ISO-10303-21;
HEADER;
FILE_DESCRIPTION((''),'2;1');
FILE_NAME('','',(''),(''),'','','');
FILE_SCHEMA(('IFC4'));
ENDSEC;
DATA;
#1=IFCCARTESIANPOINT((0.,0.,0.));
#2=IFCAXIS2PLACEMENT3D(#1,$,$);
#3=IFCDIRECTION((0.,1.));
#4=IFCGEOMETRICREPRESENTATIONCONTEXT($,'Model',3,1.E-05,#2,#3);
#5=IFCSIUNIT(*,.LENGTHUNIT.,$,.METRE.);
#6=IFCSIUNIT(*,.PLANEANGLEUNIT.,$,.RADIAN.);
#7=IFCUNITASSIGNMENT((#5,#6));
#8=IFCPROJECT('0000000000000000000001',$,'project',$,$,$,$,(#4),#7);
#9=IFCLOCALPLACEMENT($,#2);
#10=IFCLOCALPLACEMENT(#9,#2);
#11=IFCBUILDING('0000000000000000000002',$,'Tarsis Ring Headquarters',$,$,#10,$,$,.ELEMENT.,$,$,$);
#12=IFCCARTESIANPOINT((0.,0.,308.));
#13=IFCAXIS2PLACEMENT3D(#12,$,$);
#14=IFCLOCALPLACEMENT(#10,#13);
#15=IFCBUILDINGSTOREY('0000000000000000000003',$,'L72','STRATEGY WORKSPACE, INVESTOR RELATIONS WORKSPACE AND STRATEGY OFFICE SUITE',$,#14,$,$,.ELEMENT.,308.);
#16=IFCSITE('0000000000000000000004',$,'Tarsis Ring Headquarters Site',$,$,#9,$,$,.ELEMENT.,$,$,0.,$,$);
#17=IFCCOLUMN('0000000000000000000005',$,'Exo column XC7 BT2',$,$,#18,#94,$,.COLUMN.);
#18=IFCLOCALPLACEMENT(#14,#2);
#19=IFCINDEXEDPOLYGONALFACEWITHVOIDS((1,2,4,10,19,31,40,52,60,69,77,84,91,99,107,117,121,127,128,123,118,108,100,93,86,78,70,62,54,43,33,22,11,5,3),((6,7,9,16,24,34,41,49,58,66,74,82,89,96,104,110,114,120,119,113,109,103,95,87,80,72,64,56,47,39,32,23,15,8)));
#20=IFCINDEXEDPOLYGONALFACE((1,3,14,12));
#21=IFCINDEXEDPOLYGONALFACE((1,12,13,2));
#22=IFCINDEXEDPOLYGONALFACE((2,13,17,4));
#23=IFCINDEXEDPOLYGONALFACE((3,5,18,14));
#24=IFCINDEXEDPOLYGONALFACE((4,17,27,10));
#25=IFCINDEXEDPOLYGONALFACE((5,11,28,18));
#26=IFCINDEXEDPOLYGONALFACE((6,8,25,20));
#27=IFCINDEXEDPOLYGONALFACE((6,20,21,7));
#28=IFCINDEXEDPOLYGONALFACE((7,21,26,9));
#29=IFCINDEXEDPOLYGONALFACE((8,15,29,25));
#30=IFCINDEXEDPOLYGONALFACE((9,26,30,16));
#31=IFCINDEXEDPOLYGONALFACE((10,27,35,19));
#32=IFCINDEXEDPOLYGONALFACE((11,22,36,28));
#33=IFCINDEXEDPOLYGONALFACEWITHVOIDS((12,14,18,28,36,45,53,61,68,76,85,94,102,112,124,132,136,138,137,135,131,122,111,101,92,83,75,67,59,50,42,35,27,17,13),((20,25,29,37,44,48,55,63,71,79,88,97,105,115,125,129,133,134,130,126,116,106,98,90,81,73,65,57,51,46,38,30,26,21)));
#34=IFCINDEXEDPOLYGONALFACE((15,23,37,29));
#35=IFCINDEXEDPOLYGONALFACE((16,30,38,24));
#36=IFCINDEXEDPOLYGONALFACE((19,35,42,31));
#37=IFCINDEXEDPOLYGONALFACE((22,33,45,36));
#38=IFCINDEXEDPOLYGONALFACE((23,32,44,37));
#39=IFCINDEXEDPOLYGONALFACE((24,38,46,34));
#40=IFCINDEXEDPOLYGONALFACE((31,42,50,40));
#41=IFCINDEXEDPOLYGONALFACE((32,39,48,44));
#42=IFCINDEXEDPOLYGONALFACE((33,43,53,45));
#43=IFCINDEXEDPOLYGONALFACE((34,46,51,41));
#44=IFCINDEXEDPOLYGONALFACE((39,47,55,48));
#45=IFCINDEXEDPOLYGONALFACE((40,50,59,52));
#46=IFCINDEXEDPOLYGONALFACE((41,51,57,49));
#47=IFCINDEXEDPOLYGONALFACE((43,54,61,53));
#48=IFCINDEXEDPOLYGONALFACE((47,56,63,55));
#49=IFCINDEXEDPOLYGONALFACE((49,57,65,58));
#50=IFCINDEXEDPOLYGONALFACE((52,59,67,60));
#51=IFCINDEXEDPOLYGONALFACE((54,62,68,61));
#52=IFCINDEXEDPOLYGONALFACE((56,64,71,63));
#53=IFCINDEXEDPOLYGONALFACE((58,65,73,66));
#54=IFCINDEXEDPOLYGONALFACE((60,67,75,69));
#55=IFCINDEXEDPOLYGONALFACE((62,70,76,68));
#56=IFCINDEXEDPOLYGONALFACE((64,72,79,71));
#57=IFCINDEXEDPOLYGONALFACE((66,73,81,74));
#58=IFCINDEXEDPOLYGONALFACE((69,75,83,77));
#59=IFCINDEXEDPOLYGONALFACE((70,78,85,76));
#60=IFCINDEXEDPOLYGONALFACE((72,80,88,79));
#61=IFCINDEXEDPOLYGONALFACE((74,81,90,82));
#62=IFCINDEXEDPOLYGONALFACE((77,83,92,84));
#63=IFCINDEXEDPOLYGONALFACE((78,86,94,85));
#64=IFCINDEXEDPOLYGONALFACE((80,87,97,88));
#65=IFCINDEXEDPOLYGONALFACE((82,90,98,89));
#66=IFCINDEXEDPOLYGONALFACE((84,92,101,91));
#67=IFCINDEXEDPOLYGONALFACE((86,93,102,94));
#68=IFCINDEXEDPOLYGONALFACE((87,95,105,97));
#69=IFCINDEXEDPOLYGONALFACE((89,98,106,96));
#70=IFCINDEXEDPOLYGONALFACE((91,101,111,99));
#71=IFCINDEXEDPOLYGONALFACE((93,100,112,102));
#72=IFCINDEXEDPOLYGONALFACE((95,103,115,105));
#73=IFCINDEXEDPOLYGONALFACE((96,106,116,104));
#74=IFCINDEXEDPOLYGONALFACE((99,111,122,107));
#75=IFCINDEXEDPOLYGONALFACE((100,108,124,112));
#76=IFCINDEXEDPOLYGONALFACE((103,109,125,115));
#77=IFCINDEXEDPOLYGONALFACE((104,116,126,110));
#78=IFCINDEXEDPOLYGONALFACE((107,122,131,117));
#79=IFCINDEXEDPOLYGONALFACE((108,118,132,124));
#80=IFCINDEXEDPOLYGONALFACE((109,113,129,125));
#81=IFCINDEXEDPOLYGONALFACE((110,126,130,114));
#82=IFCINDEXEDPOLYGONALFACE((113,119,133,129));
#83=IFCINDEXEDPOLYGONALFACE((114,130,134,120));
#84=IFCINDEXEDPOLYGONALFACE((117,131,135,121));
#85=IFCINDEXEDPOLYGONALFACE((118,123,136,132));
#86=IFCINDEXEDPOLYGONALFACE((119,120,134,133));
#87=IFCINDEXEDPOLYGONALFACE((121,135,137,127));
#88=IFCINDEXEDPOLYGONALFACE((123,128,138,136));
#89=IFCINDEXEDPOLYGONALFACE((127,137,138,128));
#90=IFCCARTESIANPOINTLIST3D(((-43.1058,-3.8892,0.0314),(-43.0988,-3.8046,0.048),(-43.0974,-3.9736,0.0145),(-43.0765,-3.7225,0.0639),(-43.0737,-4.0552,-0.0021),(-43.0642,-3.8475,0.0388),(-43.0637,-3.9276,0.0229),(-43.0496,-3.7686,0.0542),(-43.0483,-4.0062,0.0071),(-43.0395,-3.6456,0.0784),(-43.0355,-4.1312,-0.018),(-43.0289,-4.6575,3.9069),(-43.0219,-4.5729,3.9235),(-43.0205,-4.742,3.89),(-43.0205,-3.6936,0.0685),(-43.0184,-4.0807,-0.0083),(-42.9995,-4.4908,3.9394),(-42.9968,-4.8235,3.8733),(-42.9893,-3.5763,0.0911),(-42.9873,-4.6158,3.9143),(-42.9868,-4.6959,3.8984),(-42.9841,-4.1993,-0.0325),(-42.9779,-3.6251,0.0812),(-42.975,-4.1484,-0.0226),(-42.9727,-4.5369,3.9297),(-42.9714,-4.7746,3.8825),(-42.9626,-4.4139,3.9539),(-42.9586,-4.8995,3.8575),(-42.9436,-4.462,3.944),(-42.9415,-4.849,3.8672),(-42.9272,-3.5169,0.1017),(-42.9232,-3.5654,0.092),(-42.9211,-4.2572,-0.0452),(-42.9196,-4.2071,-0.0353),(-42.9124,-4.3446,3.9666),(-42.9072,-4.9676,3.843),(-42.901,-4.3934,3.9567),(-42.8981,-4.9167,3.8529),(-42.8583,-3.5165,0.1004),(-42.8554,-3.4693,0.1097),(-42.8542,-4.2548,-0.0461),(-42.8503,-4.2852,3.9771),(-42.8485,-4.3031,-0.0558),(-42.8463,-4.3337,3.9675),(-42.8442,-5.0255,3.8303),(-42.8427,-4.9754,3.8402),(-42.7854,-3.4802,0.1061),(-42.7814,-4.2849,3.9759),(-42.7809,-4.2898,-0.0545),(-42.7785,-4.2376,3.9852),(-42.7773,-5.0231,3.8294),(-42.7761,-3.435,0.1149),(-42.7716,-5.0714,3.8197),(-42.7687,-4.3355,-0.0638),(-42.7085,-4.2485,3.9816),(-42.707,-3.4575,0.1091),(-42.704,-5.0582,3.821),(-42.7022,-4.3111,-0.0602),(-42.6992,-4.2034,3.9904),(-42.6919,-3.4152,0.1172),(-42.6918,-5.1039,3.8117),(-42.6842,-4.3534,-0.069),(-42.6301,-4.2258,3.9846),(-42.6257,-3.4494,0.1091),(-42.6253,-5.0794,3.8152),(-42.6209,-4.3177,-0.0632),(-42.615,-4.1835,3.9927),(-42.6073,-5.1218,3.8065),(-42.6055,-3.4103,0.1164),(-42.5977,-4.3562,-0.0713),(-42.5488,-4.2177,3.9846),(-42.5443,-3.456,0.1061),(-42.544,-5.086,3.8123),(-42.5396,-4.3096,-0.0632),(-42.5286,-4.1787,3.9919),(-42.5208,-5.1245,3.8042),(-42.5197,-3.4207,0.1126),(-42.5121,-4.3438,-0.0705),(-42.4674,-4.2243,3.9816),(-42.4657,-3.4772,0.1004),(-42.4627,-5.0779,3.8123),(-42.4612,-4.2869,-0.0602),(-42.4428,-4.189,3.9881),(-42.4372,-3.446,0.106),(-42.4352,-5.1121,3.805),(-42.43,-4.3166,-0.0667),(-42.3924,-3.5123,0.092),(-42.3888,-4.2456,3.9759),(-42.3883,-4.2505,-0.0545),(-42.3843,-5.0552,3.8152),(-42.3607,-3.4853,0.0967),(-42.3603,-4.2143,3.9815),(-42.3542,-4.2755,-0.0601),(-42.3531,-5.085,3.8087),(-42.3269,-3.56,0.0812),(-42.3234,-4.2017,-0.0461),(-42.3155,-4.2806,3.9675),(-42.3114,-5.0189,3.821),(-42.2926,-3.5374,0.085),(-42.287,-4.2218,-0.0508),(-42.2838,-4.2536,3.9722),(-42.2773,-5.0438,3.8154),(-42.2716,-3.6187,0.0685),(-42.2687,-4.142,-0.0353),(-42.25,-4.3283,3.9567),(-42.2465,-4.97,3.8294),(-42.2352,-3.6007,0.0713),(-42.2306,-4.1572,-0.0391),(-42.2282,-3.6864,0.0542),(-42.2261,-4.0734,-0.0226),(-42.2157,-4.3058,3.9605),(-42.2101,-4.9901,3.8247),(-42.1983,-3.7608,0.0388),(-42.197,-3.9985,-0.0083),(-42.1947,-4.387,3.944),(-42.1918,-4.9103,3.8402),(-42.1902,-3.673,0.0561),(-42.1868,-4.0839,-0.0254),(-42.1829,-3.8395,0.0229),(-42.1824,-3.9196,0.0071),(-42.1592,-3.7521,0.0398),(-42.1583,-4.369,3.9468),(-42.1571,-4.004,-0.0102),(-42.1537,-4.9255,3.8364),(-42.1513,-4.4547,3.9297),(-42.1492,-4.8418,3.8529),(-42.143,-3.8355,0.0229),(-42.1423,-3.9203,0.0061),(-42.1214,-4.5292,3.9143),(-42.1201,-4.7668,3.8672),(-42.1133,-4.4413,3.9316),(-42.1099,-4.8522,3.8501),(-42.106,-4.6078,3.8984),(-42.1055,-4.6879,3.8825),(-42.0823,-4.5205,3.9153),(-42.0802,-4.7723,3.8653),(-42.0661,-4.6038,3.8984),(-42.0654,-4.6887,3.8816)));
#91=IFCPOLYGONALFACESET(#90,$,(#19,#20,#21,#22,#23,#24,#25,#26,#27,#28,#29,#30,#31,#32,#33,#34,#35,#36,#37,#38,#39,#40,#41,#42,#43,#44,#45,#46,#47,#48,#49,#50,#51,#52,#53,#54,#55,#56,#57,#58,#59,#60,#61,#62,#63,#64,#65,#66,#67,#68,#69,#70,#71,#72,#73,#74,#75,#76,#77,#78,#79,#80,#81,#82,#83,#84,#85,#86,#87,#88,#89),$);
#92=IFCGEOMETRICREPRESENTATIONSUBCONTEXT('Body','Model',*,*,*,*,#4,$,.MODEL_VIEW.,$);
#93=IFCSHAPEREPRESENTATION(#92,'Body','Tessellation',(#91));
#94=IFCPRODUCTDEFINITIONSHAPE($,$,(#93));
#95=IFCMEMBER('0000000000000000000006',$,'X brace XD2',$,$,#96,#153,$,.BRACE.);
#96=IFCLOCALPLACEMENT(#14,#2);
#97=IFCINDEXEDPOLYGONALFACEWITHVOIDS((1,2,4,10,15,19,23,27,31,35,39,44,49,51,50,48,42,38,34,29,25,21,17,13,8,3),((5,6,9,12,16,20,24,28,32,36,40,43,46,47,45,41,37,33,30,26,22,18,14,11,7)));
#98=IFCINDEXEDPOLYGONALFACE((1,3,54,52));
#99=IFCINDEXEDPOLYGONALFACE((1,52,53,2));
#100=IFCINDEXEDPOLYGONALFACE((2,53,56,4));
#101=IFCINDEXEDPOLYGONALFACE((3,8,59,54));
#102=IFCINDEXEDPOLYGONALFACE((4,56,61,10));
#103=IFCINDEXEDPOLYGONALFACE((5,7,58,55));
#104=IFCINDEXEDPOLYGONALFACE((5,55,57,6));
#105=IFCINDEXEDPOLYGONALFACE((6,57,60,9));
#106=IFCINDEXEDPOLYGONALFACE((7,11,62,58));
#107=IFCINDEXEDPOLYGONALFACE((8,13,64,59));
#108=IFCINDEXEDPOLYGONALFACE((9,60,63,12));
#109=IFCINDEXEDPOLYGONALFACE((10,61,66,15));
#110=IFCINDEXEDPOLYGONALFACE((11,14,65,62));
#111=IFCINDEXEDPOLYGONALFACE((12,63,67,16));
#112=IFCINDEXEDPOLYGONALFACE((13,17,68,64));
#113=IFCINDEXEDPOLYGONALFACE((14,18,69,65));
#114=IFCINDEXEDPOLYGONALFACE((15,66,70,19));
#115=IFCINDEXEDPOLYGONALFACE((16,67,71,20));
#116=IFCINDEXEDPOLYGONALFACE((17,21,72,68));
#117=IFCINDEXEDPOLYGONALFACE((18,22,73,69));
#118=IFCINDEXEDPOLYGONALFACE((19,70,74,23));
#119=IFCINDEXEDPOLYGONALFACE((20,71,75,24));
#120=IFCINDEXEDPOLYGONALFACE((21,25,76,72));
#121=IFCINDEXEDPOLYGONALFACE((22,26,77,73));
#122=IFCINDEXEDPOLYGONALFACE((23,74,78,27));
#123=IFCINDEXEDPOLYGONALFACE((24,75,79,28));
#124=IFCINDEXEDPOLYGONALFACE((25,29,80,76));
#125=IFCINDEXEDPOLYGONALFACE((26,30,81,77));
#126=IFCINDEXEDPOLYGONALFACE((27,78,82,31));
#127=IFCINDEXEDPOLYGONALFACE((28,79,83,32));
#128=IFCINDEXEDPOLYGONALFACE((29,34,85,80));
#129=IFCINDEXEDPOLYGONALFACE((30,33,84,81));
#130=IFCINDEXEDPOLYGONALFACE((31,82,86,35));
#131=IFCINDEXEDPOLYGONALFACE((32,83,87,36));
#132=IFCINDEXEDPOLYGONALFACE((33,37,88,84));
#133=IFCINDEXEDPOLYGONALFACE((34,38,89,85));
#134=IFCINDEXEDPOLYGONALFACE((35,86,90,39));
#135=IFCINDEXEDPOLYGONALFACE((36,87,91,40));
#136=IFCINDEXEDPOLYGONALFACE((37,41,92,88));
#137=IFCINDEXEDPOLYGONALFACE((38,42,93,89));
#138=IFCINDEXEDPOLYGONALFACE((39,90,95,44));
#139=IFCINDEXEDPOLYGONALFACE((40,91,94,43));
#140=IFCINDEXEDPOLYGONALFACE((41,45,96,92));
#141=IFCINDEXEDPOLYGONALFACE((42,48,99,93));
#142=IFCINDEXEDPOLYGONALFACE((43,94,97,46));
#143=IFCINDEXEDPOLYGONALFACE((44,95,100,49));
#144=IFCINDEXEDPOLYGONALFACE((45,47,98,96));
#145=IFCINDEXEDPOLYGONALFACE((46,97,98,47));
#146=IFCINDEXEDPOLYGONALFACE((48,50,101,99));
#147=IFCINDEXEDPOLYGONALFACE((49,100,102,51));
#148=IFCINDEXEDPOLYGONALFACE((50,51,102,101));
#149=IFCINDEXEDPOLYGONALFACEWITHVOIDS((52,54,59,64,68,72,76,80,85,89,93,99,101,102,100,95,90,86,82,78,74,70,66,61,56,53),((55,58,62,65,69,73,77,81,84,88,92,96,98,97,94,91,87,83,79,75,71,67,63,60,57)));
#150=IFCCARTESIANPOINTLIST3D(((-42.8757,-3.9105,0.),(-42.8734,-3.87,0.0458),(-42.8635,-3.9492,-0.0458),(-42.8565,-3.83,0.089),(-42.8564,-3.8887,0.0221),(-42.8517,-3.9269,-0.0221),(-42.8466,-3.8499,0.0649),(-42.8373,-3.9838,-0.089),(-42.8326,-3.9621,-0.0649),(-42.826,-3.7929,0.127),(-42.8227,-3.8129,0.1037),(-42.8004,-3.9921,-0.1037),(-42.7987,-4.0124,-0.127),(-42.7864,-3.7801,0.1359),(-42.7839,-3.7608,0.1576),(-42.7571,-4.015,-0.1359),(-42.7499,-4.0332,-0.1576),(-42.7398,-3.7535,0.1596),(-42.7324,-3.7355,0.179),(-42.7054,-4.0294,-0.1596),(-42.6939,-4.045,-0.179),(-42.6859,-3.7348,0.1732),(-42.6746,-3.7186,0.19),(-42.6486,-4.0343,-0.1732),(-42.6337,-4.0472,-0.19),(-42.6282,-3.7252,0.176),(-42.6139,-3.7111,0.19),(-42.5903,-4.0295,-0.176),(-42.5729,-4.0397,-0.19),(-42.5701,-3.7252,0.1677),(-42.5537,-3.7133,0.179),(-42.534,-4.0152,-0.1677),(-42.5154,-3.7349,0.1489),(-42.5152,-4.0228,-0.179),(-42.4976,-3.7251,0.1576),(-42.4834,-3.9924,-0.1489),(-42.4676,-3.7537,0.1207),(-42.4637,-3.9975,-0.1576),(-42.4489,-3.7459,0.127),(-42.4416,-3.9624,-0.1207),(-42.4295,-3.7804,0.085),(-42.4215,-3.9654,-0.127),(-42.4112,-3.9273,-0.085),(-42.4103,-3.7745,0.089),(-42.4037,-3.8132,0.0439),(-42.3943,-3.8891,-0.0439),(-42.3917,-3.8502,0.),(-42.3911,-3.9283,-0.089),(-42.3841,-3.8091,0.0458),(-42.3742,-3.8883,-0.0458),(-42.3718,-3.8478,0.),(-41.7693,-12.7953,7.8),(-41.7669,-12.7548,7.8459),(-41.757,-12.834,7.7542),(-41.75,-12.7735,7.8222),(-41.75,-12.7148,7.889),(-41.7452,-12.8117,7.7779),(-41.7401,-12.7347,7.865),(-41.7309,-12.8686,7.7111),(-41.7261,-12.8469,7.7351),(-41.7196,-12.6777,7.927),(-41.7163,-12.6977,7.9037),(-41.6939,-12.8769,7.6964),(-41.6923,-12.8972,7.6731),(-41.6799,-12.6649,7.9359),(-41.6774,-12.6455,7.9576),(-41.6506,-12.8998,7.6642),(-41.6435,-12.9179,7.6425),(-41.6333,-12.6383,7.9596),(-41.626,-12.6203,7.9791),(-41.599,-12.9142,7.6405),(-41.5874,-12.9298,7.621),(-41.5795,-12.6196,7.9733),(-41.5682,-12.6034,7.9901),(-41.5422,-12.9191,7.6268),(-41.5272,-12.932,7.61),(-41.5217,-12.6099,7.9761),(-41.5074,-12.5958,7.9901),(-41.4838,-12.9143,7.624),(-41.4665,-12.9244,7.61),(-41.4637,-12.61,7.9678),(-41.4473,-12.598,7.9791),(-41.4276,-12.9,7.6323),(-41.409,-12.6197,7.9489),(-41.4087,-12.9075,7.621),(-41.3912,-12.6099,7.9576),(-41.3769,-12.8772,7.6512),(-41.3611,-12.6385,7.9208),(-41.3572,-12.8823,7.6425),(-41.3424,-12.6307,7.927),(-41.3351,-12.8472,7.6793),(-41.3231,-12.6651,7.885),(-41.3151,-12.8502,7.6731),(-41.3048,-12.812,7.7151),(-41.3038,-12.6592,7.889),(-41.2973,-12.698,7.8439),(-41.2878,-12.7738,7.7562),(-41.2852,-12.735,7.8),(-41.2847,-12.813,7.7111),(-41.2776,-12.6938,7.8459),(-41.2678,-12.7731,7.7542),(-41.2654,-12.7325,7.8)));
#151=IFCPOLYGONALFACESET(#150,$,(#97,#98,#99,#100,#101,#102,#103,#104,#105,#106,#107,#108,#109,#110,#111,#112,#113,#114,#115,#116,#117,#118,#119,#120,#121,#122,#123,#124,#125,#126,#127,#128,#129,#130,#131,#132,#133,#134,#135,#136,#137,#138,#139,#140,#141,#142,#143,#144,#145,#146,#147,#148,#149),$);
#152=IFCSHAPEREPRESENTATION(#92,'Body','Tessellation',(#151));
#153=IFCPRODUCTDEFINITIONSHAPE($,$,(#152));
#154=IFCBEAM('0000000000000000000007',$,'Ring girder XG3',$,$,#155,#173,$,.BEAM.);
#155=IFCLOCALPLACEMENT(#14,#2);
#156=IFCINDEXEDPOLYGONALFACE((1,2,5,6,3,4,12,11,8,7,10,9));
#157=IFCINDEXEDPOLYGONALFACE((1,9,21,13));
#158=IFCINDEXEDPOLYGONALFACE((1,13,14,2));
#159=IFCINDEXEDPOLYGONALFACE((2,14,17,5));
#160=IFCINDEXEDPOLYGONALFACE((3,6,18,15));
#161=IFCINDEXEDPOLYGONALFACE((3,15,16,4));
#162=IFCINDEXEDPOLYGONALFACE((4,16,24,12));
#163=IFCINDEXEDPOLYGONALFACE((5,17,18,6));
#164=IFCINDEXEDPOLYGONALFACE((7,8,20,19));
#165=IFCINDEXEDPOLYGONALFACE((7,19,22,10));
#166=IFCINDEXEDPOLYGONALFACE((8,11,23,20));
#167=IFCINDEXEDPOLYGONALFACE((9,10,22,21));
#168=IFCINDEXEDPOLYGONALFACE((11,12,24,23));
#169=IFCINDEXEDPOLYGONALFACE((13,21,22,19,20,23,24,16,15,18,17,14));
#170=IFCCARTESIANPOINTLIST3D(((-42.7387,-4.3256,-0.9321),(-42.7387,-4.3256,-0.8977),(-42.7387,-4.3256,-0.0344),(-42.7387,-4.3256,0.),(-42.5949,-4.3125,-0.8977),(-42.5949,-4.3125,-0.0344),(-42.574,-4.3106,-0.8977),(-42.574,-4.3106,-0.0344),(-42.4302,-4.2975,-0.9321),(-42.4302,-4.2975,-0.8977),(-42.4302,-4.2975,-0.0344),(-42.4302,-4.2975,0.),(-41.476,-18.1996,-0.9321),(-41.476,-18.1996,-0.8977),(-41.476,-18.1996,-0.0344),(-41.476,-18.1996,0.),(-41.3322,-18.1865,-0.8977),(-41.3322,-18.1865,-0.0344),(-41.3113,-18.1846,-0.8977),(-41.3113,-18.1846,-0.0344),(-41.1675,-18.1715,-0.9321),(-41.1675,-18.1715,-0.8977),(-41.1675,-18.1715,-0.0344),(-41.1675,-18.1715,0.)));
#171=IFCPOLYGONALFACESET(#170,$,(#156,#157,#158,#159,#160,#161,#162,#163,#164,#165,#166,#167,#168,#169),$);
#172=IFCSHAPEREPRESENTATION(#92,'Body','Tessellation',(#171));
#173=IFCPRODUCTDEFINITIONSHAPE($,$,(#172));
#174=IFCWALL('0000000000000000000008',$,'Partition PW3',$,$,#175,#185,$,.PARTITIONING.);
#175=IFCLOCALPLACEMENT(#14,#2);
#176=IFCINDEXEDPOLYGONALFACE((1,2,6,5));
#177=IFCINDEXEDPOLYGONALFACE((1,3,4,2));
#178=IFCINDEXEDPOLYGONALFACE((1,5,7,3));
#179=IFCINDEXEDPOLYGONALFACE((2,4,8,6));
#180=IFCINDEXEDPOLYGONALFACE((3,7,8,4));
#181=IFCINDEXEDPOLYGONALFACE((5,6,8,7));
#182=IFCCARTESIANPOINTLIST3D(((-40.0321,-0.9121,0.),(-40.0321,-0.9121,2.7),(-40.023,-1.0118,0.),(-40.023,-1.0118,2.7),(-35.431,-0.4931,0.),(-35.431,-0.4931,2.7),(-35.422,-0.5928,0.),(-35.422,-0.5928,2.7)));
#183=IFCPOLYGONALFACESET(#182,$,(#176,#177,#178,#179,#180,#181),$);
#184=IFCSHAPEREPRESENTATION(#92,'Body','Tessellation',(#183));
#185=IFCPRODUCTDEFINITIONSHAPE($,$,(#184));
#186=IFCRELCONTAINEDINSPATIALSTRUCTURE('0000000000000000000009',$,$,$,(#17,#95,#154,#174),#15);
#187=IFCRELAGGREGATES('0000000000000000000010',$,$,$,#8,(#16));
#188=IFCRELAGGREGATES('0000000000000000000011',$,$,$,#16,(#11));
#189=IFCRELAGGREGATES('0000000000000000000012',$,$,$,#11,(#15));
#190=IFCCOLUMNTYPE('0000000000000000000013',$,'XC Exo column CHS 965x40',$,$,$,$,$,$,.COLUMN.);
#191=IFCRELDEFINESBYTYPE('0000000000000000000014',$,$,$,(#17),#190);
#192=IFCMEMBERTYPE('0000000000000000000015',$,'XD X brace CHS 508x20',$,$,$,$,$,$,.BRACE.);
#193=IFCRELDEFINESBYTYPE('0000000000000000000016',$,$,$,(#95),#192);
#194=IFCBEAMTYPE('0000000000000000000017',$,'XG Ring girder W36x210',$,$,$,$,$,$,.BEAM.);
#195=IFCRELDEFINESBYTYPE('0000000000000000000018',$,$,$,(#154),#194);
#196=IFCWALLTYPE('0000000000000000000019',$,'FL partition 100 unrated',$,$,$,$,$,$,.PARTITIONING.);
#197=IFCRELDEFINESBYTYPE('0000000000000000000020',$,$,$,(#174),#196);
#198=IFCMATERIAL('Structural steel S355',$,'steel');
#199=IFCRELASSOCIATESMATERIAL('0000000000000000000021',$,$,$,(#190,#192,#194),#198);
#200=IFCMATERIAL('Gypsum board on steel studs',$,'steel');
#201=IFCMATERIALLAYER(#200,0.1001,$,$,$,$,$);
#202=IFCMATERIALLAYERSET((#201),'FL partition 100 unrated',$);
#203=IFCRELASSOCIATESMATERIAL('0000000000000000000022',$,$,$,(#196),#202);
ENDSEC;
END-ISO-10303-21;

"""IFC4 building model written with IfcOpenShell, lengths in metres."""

from ifc_helpers import new_model, si_unit, direction, frame, frame_2d, origin, origin_2d, place, context, subcontext, project, spatial, rectangle, hollow_circle, i_section, extrude, material, layer, layer_set, material_profile, profile_set, type_object, element, save


model = new_model("IFC4")

# Units and contexts
model_context = context("Model", 3, precision=1e-05, world=origin(), true_north=direction((0.0, 1.0)))
body_context = subcontext(model_context, "Body", "Model", "MODEL_VIEW")
ifc_project = project(units=[si_unit("LENGTHUNIT", "METRE"), si_unit("PLANEANGLEUNIT", "RADIAN")], contexts=[model_context])

# Site, building, storey
site_placement = place(None, origin())
site = spatial("IfcSite", under=ifc_project, at=site_placement, Name="Tarsis Ring Headquarters Site", CompositionType="ELEMENT", RefElevation=0.0)
building_placement = place(site_placement, origin())
building = spatial("IfcBuilding", under=site, at=building_placement, Name="Tarsis Ring Headquarters", CompositionType="ELEMENT")
storey_placement = place(building_placement, frame((0.0, 0.0, 308.0)))
storey = spatial("IfcBuildingStorey", under=building, at=storey_placement, Name="L72", Description="STRATEGY WORKSPACE, INVESTOR RELATIONS WORKSPACE AND STRATEGY OFFICE SUITE", CompositionType="ELEMENT", Elevation=308.0)

# Column
ifc_material_1 = material(Name="Structural steel S355", Category="steel")
ifc_material_profile_1 = material_profile(ifc_material_1, hollow_circle(Radius=0.4827, WallThickness=0.04, at=origin_2d()), Name="CHS 965x40")
ifc_profile_set_1 = profile_set([ifc_material_profile_1], Name="Structural steel S355")
column_type = type_object("IfcColumnType", Name="XC Exo column CHS 965x40", PredefinedType="COLUMN", material=ifc_profile_set_1)
column_placement = place(storey_placement, frame((-42.6233, -3.8835, 0.0229), z_axis=(0.019461, -0.194427, 0.980724), x_axis=(0.995028, 0.099598, 0.0)))
element("IfcColumn", 1, at=column_placement, inside=storey, type_object=column_type, Name="Exo column XC7 BT2", PredefinedType="COLUMN", context=body_context, shape_type="SweptSolid", body=[
    extrude(hollow_circle(Radius=0.4827, WallThickness=0.04, at=origin_2d()), origin(), (0.0, 0.0, 1.0), 3.9517),
])

# Member
ifc_material_profile_2 = material_profile(ifc_material_1, hollow_circle(Radius=0.2539, WallThickness=0.02, at=origin_2d()), Name="CHS 508x20")
ifc_profile_set_2 = profile_set([ifc_material_profile_2], Name="Structural steel S355")
member_type = type_object("IfcMemberType", Name="XD X brace CHS 508x20", PredefinedType="BRACE", material=ifc_profile_set_2)
member_placement = place(storey_placement, frame((-42.6238, -3.8792, 0.0), z_axis=(0.093178, -0.748222, 0.656873), x_axis=(0.992335, 0.123578, 0.0)))
element("IfcMember", 2, at=member_placement, inside=storey, type_object=member_type, Name="X brace XD2", PredefinedType="BRACE", context=body_context, shape_type="SweptSolid", body=[
    extrude(hollow_circle(Radius=0.2539, WallThickness=0.02, at=origin_2d()), origin(), (0.0, 0.0, 1.0), 11.8745),
])

# Beam
ifc_material_profile_3 = material_profile(ifc_material_1, i_section(OverallWidth=0.3098, OverallDepth=0.9321, WebThickness=0.021, FlangeThickness=0.0344, at=origin_2d()), Name="W36x210")
ifc_profile_set_3 = profile_set([ifc_material_profile_3], Name="Structural steel S355")
beam_type = type_object("IfcBeamType", Name="XG Ring girder W36x210", PredefinedType="BEAM", material=ifc_profile_set_3)
beam_placement = place(storey_placement, frame((-42.5845, -4.3115, -0.4661), z_axis=(0.090637, -0.995884, 0.0), x_axis=(0.995884, 0.090637, 0.0)))
element("IfcBeam", 3, at=beam_placement, inside=storey, type_object=beam_type, Name="Ring girder XG3", PredefinedType="BEAM", context=body_context, shape_type="SweptSolid", body=[
    extrude(i_section(OverallWidth=0.3098, OverallDepth=0.9321, WebThickness=0.021, FlangeThickness=0.0344, at=origin_2d()), origin(), (0.0, 0.0, 1.0), 13.9314),
])

# Wall
ifc_material_2 = material(Name="Gypsum board on steel studs", Category="steel")
ifc_layer_1 = layer(ifc_material_2, 0.1001)
ifc_layer_set_1 = layer_set([ifc_layer_1], Name="FL partition 100 unrated")
wall_type_1 = type_object("IfcWallType", Name="FL partition 100 unrated", PredefinedType="PARTITIONING", material=ifc_layer_set_1)
wall_1_placement = place(storey_placement, frame((-40.0276, -0.9619, 0.0), z_axis=(0.0, 0.0, 1.0), x_axis=(0.99588, 0.090679, 0.0)))
element("IfcWall", 4, at=wall_1_placement, inside=storey, type_object=wall_type_1, Name="Partition PW3", PredefinedType="PARTITIONING", context=body_context, shape_type="SweptSolid", body=[
    extrude(rectangle(XDim=4.6201, YDim=0.1001, at=frame_2d((2.3101, 0.0))), origin(), (0.0, 0.0, 1.0), 2.7),
])

save(model, "model.ifc")
